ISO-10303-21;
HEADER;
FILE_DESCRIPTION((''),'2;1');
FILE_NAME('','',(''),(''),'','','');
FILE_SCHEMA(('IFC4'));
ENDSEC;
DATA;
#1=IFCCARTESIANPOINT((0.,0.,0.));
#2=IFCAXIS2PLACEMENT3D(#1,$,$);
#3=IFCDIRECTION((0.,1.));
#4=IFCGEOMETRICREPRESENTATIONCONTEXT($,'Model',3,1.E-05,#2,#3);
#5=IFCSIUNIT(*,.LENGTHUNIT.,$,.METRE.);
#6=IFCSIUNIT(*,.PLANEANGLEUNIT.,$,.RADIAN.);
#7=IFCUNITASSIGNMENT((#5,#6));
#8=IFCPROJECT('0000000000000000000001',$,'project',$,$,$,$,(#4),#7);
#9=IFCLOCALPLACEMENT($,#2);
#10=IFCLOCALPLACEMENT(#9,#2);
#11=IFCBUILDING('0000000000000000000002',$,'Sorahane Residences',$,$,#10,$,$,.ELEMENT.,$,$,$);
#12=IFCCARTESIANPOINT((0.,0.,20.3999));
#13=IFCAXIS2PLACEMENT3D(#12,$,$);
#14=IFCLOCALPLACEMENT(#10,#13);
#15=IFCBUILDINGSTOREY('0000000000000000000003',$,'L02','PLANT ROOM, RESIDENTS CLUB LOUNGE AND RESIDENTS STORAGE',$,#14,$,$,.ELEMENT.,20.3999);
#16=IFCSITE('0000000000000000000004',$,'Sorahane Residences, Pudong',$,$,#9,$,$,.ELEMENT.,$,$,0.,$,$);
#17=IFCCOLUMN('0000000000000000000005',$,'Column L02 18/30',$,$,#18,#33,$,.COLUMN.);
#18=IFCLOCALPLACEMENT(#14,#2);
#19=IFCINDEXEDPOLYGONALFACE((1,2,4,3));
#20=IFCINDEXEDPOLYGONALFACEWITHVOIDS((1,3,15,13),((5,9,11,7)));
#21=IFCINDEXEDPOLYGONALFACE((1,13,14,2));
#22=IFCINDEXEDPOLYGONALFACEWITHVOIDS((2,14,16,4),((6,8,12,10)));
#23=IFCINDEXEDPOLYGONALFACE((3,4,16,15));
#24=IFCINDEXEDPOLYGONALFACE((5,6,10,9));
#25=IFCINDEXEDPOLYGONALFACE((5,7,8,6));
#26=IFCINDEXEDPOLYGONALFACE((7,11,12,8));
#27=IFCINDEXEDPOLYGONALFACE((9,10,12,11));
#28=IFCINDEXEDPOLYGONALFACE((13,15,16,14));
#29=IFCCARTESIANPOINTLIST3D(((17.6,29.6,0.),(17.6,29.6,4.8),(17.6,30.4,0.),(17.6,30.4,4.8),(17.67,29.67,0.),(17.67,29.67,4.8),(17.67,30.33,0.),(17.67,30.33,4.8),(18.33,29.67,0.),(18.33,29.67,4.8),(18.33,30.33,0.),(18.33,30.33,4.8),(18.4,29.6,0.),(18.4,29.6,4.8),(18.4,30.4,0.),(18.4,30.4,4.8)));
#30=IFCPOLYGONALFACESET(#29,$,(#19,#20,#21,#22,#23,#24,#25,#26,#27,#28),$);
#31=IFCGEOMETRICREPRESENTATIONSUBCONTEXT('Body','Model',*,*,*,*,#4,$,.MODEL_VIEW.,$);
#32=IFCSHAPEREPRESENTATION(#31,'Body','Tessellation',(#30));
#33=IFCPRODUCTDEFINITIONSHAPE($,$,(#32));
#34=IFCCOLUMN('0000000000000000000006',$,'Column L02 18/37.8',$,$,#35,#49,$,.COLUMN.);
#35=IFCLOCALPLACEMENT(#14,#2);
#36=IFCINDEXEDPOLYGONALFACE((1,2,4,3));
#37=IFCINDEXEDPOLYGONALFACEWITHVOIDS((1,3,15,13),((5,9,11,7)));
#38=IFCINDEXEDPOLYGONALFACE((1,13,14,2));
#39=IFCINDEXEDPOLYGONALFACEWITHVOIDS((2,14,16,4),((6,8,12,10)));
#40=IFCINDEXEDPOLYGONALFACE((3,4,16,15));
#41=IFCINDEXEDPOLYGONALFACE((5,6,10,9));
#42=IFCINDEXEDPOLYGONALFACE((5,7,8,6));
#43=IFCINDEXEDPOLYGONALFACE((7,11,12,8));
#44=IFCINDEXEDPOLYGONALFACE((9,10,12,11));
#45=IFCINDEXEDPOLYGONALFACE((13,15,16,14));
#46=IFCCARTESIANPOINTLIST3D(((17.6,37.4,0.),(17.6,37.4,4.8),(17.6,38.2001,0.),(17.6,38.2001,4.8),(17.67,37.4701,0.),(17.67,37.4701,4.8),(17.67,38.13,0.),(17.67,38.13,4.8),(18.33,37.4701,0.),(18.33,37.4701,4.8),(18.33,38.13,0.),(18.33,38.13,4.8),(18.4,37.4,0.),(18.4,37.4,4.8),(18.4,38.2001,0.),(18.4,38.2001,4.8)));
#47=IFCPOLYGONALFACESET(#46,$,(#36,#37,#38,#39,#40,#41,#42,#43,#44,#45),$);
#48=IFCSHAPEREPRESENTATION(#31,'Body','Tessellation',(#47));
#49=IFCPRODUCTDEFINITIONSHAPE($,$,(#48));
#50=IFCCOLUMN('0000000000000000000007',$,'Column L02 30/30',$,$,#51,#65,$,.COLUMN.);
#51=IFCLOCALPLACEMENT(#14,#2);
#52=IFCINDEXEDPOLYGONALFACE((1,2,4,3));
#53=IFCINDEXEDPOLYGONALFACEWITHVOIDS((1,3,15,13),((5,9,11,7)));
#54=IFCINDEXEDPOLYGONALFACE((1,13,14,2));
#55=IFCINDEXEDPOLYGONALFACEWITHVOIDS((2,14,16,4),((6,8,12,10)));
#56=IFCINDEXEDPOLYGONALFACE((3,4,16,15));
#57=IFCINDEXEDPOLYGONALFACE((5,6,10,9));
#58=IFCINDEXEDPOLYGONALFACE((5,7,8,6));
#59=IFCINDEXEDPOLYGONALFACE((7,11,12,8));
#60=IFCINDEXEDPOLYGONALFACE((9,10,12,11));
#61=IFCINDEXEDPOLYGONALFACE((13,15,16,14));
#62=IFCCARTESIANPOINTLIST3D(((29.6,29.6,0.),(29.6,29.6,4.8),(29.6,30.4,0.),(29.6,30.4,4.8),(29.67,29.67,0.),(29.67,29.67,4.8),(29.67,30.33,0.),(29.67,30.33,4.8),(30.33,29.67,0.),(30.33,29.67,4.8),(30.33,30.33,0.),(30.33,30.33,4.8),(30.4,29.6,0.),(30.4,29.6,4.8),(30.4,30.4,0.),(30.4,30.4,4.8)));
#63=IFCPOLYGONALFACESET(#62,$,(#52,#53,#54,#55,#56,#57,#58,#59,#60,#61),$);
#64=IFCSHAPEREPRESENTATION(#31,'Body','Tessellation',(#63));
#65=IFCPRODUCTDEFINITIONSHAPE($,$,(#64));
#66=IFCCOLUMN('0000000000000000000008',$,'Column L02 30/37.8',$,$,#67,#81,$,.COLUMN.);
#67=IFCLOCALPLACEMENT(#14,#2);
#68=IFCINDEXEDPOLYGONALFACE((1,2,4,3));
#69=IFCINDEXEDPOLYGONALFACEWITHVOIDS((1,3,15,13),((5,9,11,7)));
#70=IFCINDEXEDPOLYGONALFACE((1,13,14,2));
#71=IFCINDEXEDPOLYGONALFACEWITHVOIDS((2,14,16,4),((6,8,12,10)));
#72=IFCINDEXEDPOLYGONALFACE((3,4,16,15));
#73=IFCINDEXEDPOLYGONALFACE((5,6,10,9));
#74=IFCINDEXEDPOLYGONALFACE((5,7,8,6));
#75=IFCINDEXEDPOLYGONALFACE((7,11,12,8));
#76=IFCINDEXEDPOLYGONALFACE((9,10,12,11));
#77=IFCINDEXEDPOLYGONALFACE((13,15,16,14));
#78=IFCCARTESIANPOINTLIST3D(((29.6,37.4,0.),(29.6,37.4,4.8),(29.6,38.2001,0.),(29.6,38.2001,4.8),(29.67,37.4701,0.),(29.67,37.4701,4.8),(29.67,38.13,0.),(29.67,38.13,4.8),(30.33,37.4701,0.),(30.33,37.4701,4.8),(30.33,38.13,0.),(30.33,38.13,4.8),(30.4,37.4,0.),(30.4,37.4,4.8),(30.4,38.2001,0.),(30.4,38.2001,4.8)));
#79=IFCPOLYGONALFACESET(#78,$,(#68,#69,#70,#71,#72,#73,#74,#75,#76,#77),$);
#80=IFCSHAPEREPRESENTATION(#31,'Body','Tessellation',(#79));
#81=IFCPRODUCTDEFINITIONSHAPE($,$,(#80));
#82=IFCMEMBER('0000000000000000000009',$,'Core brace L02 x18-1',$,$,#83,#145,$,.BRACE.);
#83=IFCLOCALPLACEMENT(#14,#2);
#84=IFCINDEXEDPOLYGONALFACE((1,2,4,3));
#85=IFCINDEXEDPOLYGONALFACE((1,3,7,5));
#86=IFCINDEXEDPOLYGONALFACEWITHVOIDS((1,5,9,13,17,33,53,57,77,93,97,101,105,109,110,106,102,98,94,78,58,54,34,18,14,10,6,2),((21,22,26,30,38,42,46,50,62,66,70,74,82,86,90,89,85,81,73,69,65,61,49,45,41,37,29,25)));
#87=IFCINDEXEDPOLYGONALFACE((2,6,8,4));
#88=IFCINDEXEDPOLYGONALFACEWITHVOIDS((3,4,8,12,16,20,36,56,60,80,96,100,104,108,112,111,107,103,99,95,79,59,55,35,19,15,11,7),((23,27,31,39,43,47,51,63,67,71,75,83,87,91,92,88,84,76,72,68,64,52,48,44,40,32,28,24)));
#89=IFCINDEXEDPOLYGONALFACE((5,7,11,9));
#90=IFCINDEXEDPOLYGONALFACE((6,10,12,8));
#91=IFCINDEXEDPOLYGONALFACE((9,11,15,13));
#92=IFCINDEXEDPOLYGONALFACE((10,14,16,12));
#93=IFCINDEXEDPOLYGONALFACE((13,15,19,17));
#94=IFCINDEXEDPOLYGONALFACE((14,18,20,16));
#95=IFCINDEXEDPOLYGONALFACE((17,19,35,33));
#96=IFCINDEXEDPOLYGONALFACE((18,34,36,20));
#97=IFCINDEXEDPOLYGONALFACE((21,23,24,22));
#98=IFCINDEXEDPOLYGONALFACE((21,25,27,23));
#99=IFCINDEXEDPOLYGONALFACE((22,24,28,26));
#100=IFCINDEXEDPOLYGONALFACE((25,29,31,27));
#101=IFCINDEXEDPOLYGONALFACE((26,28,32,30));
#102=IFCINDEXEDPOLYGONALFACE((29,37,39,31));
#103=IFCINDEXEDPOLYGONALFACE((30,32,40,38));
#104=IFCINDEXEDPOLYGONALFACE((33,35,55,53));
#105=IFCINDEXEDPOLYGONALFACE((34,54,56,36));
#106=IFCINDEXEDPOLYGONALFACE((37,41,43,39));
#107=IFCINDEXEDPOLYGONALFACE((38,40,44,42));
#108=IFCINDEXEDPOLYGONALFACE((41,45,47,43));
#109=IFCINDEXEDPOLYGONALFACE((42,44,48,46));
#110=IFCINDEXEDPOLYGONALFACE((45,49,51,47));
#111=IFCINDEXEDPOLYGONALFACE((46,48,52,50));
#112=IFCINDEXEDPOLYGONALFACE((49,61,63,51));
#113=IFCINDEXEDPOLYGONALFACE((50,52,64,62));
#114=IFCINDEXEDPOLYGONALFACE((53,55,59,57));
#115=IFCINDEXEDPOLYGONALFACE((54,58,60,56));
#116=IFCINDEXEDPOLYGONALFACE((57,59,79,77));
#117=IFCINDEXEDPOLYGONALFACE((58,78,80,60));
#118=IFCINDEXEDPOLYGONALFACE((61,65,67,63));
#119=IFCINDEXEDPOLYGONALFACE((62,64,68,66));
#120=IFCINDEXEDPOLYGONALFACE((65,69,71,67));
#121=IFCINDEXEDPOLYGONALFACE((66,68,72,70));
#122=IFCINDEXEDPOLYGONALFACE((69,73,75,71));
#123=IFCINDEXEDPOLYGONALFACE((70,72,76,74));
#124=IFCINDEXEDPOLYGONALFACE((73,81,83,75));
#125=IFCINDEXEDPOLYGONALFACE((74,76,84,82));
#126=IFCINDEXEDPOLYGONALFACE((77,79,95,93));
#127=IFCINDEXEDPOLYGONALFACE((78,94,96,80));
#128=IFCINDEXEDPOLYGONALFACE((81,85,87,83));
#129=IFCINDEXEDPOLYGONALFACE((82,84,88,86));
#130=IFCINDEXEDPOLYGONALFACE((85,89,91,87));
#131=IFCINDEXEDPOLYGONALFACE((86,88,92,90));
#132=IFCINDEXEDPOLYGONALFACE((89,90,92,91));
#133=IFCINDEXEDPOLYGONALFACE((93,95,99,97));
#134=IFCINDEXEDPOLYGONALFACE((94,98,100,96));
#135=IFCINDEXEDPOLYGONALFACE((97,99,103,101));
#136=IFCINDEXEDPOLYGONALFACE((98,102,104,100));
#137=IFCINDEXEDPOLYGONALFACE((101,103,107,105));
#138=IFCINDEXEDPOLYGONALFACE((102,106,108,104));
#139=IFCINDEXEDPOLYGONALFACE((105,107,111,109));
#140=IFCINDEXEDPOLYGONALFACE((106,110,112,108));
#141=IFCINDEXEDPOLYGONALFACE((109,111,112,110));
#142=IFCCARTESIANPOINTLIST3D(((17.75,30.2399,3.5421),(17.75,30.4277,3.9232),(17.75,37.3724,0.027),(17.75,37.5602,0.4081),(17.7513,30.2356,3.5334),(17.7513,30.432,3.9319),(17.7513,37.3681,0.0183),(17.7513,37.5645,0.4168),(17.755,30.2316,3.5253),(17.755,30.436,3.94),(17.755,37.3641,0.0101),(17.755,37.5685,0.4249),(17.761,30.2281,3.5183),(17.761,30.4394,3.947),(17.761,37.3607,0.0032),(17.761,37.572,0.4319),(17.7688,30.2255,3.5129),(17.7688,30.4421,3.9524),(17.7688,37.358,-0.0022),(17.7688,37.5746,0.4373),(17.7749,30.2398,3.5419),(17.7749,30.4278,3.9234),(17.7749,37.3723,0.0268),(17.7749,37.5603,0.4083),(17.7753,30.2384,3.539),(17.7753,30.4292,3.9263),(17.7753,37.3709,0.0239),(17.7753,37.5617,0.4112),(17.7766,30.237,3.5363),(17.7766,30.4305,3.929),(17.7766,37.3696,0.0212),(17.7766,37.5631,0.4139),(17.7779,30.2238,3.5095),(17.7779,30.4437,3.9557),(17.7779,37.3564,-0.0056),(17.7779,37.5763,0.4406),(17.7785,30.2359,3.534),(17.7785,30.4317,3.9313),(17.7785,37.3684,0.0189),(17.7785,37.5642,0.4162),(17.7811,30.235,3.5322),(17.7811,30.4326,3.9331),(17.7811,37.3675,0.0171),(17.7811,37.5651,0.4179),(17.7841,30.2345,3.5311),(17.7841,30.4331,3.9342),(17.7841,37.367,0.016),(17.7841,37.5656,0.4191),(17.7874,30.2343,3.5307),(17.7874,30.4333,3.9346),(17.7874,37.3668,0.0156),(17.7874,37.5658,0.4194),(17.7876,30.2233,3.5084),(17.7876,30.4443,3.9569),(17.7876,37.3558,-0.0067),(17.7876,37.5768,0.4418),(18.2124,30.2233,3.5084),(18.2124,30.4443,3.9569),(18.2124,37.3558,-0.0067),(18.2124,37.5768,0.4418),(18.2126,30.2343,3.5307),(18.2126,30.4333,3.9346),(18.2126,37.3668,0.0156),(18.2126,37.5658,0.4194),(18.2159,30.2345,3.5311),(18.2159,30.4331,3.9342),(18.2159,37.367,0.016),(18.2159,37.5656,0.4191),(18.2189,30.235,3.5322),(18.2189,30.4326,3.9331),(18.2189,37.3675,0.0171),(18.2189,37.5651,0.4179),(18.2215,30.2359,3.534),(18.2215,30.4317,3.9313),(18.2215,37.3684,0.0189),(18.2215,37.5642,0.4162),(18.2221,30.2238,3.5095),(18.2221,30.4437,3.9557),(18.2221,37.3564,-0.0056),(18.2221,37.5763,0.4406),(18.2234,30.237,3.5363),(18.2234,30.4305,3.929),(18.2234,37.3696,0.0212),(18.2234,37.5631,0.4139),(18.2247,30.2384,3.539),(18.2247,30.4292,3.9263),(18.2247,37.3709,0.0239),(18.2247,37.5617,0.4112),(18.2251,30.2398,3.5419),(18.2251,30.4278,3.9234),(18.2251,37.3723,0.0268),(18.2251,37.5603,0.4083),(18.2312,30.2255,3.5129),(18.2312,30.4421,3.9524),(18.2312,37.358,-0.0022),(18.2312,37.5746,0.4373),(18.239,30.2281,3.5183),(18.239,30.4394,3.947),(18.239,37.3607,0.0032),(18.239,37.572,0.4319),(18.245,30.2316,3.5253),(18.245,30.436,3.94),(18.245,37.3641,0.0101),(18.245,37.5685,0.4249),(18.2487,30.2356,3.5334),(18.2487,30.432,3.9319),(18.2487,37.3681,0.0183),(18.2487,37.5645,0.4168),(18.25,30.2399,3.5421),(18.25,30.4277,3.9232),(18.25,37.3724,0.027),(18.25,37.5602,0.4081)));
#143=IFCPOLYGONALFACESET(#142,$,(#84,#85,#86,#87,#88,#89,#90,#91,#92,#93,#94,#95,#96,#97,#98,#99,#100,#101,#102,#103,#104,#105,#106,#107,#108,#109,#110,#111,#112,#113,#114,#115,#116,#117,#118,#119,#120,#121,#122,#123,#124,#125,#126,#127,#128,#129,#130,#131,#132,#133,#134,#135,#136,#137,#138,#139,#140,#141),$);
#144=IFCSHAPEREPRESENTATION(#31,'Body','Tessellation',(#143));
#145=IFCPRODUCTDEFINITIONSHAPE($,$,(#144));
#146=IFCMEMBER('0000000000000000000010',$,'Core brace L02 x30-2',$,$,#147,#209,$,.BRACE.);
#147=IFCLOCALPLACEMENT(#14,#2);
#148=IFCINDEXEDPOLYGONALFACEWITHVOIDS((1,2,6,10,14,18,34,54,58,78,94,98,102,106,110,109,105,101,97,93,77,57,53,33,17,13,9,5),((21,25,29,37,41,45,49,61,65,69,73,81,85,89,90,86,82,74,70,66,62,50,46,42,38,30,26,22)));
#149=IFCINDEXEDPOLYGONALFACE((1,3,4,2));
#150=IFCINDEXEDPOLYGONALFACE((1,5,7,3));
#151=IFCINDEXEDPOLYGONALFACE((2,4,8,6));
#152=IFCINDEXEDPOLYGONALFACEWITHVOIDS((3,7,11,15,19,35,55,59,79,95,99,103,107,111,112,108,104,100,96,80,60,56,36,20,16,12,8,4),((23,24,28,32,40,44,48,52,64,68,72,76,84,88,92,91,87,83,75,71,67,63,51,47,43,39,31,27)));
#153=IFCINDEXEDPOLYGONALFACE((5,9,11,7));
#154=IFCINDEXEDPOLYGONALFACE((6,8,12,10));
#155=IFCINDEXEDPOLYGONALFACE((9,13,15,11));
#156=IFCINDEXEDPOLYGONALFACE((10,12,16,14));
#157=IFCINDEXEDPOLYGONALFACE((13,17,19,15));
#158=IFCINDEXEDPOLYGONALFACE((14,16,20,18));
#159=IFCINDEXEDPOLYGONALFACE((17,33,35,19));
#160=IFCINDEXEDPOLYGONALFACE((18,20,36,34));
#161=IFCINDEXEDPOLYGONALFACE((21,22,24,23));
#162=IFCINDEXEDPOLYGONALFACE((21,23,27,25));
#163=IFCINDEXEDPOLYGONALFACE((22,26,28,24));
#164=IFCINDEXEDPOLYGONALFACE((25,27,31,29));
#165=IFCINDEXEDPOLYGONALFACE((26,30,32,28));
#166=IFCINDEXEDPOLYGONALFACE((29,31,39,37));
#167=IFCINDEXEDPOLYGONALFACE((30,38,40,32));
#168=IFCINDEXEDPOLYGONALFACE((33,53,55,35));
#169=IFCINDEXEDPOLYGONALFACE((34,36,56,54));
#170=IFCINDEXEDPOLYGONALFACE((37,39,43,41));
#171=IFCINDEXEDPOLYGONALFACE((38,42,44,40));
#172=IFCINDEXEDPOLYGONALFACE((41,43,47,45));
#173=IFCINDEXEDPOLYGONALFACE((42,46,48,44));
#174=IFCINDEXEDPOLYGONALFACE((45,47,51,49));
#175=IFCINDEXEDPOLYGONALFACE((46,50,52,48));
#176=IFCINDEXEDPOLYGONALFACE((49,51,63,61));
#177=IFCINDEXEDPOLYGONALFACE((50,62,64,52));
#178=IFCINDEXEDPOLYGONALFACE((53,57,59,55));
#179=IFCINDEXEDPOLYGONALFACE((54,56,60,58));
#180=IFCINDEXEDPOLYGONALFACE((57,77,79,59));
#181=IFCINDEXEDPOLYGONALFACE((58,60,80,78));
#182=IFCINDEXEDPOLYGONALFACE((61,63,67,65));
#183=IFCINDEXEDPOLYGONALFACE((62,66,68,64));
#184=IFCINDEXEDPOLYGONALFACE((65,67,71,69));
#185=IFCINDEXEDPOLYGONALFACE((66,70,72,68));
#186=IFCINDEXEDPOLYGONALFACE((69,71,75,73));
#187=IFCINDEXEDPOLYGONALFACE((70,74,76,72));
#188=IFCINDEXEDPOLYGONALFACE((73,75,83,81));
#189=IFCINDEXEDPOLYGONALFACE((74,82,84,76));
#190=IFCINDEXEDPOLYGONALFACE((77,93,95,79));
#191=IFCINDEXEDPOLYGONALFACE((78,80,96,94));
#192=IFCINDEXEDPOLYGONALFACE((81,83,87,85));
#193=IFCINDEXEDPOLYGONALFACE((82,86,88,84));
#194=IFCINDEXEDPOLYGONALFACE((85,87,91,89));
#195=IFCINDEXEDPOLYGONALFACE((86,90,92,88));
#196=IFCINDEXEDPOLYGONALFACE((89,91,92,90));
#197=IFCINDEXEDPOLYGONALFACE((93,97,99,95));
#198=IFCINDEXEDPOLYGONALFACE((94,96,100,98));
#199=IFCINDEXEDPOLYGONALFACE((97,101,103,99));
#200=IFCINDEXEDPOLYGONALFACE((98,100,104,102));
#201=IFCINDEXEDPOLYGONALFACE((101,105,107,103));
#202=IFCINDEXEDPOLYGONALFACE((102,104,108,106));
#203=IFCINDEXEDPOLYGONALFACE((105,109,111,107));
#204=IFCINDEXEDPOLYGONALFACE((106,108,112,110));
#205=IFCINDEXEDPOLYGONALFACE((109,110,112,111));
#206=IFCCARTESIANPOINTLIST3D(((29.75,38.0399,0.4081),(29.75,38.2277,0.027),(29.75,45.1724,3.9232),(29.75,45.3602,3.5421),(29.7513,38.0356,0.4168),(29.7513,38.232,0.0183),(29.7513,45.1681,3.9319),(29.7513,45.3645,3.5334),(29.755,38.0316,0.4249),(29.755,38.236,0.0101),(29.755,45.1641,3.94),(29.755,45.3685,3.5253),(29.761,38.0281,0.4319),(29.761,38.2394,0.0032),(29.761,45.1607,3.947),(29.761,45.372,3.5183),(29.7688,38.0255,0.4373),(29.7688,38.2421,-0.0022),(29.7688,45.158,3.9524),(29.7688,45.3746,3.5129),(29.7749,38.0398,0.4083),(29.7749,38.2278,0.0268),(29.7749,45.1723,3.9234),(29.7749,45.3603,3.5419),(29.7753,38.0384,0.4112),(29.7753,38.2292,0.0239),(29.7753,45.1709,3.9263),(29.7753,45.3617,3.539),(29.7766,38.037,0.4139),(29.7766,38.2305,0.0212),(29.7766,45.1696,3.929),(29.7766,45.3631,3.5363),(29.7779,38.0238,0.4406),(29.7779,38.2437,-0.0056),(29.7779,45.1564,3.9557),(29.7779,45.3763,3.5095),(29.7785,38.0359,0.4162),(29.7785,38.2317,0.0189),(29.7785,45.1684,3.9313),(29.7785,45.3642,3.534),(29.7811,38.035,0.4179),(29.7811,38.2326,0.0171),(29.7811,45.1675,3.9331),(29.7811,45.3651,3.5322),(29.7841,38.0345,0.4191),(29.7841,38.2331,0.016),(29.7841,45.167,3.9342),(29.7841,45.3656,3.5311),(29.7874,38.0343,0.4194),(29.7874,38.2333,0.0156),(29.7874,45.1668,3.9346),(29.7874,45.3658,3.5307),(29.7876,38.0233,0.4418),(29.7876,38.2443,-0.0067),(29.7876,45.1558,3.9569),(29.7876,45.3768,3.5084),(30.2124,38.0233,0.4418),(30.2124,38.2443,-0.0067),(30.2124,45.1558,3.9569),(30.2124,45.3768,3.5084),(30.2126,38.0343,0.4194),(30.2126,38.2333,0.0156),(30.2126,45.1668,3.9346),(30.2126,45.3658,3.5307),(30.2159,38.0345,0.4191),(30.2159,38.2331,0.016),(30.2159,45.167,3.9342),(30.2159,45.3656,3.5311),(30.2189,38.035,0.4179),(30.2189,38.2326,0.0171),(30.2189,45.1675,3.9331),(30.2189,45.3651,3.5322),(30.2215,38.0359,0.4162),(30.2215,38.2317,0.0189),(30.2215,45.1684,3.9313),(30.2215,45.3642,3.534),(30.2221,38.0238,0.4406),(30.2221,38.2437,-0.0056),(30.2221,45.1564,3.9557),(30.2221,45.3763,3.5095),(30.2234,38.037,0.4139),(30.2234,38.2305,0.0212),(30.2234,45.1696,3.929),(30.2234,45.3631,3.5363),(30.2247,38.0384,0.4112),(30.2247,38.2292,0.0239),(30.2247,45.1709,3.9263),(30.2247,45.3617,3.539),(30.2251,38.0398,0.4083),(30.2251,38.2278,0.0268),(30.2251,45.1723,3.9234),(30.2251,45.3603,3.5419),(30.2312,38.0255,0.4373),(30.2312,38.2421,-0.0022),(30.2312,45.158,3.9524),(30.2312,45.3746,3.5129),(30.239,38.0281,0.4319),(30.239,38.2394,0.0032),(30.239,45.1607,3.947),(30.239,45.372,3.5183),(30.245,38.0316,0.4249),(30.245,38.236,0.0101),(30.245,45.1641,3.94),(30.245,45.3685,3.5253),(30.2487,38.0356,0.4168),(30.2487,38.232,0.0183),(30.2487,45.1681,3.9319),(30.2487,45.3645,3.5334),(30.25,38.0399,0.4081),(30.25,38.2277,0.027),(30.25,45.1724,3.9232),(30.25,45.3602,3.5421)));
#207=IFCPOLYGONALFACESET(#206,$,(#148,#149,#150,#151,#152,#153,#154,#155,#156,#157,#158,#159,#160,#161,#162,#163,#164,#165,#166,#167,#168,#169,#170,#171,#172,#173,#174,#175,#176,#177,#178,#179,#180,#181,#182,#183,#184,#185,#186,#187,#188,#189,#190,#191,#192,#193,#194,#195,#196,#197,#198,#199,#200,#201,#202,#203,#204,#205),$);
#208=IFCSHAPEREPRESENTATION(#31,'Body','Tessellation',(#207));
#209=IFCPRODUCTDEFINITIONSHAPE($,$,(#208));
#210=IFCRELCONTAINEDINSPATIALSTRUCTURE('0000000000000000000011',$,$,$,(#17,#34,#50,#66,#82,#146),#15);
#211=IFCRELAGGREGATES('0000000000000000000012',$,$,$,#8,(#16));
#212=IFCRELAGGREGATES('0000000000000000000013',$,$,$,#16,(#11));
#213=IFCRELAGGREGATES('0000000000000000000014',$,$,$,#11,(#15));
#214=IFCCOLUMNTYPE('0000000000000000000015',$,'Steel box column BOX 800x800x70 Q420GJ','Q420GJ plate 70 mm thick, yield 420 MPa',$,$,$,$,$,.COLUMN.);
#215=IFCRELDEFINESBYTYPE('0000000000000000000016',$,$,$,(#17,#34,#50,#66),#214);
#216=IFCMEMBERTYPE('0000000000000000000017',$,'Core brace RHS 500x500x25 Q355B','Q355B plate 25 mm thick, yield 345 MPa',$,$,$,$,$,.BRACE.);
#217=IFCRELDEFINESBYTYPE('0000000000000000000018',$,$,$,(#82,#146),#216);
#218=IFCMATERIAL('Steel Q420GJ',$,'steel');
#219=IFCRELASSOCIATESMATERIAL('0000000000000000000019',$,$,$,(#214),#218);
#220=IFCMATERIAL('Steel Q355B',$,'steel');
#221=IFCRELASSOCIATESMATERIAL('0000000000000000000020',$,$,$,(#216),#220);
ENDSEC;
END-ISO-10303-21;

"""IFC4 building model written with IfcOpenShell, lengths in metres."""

from ifc_helpers import new_model, si_unit, direction, frame, origin, origin_2d, place, context, subcontext, project, spatial, hollow_rectangle, extrude, material, material_profile, profile_set, type_object, element, save


model = new_model("IFC4")

# Units and contexts
model_context = context("Model", 3, precision=1e-05, world=origin(), true_north=direction((0.0, 1.0)))
body_context = subcontext(model_context, "Body", "Model", "MODEL_VIEW")
ifc_project = project(units=[si_unit("LENGTHUNIT", "METRE"), si_unit("PLANEANGLEUNIT", "RADIAN")], contexts=[model_context])

# Site, building, storey
site_placement = place(None, origin())
site = spatial("IfcSite", under=ifc_project, at=site_placement, Name="Sorahane Residences, Pudong", CompositionType="ELEMENT", RefElevation=0.0)
building_placement = place(site_placement, origin())
building = spatial("IfcBuilding", under=site, at=building_placement, Name="Sorahane Residences", CompositionType="ELEMENT")
storey_placement = place(building_placement, frame((0.0, 0.0, 20.3999)))
storey = spatial("IfcBuildingStorey", under=building, at=storey_placement, Name="L02", Description="PLANT ROOM, RESIDENTS CLUB LOUNGE AND RESIDENTS STORAGE", CompositionType="ELEMENT", Elevation=20.3999)

# Columns
ifc_material_1 = material(Name="Steel Q420GJ", Category="steel")
ifc_material_profile_1 = material_profile(ifc_material_1, hollow_rectangle(XDim=0.8, YDim=0.8, WallThickness=0.0701, at=origin_2d()), Name="BOX 800x800x70")
ifc_profile_set_1 = profile_set([ifc_material_profile_1], Name="Steel Q420GJ")
column_type = type_object("IfcColumnType", Name="Steel box column BOX 800x800x70 Q420GJ", Description="Q420GJ plate 70 mm thick, yield 420 MPa", PredefinedType="COLUMN", material=ifc_profile_set_1)
for number, where, z_axis, x_axis, name in (
    (1, (18.0, 30.0, 0.0), (0.0, 0.0, 1.0), (1.0, 0.0, 0.0), "Column L02 18/30"),
    (2, (18.0, 37.8, 0.0), (0.0, 0.0, 1.0), (1.0, 0.0, 0.0), "Column L02 18/37.8"),
    (3, (30.0, 30.0, 0.0), (0.0, 0.0, 1.0), (1.0, 0.0, 0.0), "Column L02 30/30"),
    (4, (30.0, 37.8, 0.0), (0.0, 0.0, 1.0), (1.0, 0.0, 0.0), "Column L02 30/37.8"),
):
    element("IfcColumn", number, at=place(storey_placement, frame(where, z_axis=z_axis, x_axis=x_axis)), inside=storey, type_object=column_type, Name=name, PredefinedType="COLUMN", context=body_context, shape_type="SweptSolid", body=[
        extrude(hollow_rectangle(XDim=0.8, YDim=0.8, WallThickness=0.0701, at=origin_2d()), origin(), (0.0, 0.0, 1.0), 4.8),
    ])

# Members
ifc_material_2 = material(Name="Steel Q355B", Category="steel")
ifc_material_profile_2 = material_profile(ifc_material_2, hollow_rectangle(XDim=0.5, YDim=0.5, WallThickness=0.0249, InnerFilletRadius=0.0125, OuterFilletRadius=0.0376, at=origin_2d()), Name="RHS 500x500x25")
ifc_profile_set_2 = profile_set([ifc_material_profile_2], Name="Steel Q355B")
member_type = type_object("IfcMemberType", Name="Core brace RHS 500x500x25 Q355B", Description="Q355B plate 25 mm thick, yield 345 MPa", PredefinedType="BRACE", material=ifc_profile_set_2)
for number, where, z_axis, x_axis, name in (
    (5, (18.0, 37.4663, 0.2175), (0.0, -0.896985, 0.44206), (1.0, 0.0, 0.0), "Core brace L02 x18-1"),
    (6, (30.0, 38.1338, 0.2175), (0.0, 0.896985, 0.44206), (-1.0, 0.0, 0.0), "Core brace L02 x30-2"),
):
    element("IfcMember", number, at=place(storey_placement, frame(where, z_axis=z_axis, x_axis=x_axis)), inside=storey, type_object=member_type, Name=name, PredefinedType="BRACE", context=body_context, shape_type="SweptSolid", body=[
        extrude(hollow_rectangle(XDim=0.5, YDim=0.5, WallThickness=0.0249, InnerFilletRadius=0.0125, OuterFilletRadius=0.0376, at=origin_2d()), origin(), (0.0, 0.0, 1.0), 7.9517),
    ])

save(model, "model.ifc")
